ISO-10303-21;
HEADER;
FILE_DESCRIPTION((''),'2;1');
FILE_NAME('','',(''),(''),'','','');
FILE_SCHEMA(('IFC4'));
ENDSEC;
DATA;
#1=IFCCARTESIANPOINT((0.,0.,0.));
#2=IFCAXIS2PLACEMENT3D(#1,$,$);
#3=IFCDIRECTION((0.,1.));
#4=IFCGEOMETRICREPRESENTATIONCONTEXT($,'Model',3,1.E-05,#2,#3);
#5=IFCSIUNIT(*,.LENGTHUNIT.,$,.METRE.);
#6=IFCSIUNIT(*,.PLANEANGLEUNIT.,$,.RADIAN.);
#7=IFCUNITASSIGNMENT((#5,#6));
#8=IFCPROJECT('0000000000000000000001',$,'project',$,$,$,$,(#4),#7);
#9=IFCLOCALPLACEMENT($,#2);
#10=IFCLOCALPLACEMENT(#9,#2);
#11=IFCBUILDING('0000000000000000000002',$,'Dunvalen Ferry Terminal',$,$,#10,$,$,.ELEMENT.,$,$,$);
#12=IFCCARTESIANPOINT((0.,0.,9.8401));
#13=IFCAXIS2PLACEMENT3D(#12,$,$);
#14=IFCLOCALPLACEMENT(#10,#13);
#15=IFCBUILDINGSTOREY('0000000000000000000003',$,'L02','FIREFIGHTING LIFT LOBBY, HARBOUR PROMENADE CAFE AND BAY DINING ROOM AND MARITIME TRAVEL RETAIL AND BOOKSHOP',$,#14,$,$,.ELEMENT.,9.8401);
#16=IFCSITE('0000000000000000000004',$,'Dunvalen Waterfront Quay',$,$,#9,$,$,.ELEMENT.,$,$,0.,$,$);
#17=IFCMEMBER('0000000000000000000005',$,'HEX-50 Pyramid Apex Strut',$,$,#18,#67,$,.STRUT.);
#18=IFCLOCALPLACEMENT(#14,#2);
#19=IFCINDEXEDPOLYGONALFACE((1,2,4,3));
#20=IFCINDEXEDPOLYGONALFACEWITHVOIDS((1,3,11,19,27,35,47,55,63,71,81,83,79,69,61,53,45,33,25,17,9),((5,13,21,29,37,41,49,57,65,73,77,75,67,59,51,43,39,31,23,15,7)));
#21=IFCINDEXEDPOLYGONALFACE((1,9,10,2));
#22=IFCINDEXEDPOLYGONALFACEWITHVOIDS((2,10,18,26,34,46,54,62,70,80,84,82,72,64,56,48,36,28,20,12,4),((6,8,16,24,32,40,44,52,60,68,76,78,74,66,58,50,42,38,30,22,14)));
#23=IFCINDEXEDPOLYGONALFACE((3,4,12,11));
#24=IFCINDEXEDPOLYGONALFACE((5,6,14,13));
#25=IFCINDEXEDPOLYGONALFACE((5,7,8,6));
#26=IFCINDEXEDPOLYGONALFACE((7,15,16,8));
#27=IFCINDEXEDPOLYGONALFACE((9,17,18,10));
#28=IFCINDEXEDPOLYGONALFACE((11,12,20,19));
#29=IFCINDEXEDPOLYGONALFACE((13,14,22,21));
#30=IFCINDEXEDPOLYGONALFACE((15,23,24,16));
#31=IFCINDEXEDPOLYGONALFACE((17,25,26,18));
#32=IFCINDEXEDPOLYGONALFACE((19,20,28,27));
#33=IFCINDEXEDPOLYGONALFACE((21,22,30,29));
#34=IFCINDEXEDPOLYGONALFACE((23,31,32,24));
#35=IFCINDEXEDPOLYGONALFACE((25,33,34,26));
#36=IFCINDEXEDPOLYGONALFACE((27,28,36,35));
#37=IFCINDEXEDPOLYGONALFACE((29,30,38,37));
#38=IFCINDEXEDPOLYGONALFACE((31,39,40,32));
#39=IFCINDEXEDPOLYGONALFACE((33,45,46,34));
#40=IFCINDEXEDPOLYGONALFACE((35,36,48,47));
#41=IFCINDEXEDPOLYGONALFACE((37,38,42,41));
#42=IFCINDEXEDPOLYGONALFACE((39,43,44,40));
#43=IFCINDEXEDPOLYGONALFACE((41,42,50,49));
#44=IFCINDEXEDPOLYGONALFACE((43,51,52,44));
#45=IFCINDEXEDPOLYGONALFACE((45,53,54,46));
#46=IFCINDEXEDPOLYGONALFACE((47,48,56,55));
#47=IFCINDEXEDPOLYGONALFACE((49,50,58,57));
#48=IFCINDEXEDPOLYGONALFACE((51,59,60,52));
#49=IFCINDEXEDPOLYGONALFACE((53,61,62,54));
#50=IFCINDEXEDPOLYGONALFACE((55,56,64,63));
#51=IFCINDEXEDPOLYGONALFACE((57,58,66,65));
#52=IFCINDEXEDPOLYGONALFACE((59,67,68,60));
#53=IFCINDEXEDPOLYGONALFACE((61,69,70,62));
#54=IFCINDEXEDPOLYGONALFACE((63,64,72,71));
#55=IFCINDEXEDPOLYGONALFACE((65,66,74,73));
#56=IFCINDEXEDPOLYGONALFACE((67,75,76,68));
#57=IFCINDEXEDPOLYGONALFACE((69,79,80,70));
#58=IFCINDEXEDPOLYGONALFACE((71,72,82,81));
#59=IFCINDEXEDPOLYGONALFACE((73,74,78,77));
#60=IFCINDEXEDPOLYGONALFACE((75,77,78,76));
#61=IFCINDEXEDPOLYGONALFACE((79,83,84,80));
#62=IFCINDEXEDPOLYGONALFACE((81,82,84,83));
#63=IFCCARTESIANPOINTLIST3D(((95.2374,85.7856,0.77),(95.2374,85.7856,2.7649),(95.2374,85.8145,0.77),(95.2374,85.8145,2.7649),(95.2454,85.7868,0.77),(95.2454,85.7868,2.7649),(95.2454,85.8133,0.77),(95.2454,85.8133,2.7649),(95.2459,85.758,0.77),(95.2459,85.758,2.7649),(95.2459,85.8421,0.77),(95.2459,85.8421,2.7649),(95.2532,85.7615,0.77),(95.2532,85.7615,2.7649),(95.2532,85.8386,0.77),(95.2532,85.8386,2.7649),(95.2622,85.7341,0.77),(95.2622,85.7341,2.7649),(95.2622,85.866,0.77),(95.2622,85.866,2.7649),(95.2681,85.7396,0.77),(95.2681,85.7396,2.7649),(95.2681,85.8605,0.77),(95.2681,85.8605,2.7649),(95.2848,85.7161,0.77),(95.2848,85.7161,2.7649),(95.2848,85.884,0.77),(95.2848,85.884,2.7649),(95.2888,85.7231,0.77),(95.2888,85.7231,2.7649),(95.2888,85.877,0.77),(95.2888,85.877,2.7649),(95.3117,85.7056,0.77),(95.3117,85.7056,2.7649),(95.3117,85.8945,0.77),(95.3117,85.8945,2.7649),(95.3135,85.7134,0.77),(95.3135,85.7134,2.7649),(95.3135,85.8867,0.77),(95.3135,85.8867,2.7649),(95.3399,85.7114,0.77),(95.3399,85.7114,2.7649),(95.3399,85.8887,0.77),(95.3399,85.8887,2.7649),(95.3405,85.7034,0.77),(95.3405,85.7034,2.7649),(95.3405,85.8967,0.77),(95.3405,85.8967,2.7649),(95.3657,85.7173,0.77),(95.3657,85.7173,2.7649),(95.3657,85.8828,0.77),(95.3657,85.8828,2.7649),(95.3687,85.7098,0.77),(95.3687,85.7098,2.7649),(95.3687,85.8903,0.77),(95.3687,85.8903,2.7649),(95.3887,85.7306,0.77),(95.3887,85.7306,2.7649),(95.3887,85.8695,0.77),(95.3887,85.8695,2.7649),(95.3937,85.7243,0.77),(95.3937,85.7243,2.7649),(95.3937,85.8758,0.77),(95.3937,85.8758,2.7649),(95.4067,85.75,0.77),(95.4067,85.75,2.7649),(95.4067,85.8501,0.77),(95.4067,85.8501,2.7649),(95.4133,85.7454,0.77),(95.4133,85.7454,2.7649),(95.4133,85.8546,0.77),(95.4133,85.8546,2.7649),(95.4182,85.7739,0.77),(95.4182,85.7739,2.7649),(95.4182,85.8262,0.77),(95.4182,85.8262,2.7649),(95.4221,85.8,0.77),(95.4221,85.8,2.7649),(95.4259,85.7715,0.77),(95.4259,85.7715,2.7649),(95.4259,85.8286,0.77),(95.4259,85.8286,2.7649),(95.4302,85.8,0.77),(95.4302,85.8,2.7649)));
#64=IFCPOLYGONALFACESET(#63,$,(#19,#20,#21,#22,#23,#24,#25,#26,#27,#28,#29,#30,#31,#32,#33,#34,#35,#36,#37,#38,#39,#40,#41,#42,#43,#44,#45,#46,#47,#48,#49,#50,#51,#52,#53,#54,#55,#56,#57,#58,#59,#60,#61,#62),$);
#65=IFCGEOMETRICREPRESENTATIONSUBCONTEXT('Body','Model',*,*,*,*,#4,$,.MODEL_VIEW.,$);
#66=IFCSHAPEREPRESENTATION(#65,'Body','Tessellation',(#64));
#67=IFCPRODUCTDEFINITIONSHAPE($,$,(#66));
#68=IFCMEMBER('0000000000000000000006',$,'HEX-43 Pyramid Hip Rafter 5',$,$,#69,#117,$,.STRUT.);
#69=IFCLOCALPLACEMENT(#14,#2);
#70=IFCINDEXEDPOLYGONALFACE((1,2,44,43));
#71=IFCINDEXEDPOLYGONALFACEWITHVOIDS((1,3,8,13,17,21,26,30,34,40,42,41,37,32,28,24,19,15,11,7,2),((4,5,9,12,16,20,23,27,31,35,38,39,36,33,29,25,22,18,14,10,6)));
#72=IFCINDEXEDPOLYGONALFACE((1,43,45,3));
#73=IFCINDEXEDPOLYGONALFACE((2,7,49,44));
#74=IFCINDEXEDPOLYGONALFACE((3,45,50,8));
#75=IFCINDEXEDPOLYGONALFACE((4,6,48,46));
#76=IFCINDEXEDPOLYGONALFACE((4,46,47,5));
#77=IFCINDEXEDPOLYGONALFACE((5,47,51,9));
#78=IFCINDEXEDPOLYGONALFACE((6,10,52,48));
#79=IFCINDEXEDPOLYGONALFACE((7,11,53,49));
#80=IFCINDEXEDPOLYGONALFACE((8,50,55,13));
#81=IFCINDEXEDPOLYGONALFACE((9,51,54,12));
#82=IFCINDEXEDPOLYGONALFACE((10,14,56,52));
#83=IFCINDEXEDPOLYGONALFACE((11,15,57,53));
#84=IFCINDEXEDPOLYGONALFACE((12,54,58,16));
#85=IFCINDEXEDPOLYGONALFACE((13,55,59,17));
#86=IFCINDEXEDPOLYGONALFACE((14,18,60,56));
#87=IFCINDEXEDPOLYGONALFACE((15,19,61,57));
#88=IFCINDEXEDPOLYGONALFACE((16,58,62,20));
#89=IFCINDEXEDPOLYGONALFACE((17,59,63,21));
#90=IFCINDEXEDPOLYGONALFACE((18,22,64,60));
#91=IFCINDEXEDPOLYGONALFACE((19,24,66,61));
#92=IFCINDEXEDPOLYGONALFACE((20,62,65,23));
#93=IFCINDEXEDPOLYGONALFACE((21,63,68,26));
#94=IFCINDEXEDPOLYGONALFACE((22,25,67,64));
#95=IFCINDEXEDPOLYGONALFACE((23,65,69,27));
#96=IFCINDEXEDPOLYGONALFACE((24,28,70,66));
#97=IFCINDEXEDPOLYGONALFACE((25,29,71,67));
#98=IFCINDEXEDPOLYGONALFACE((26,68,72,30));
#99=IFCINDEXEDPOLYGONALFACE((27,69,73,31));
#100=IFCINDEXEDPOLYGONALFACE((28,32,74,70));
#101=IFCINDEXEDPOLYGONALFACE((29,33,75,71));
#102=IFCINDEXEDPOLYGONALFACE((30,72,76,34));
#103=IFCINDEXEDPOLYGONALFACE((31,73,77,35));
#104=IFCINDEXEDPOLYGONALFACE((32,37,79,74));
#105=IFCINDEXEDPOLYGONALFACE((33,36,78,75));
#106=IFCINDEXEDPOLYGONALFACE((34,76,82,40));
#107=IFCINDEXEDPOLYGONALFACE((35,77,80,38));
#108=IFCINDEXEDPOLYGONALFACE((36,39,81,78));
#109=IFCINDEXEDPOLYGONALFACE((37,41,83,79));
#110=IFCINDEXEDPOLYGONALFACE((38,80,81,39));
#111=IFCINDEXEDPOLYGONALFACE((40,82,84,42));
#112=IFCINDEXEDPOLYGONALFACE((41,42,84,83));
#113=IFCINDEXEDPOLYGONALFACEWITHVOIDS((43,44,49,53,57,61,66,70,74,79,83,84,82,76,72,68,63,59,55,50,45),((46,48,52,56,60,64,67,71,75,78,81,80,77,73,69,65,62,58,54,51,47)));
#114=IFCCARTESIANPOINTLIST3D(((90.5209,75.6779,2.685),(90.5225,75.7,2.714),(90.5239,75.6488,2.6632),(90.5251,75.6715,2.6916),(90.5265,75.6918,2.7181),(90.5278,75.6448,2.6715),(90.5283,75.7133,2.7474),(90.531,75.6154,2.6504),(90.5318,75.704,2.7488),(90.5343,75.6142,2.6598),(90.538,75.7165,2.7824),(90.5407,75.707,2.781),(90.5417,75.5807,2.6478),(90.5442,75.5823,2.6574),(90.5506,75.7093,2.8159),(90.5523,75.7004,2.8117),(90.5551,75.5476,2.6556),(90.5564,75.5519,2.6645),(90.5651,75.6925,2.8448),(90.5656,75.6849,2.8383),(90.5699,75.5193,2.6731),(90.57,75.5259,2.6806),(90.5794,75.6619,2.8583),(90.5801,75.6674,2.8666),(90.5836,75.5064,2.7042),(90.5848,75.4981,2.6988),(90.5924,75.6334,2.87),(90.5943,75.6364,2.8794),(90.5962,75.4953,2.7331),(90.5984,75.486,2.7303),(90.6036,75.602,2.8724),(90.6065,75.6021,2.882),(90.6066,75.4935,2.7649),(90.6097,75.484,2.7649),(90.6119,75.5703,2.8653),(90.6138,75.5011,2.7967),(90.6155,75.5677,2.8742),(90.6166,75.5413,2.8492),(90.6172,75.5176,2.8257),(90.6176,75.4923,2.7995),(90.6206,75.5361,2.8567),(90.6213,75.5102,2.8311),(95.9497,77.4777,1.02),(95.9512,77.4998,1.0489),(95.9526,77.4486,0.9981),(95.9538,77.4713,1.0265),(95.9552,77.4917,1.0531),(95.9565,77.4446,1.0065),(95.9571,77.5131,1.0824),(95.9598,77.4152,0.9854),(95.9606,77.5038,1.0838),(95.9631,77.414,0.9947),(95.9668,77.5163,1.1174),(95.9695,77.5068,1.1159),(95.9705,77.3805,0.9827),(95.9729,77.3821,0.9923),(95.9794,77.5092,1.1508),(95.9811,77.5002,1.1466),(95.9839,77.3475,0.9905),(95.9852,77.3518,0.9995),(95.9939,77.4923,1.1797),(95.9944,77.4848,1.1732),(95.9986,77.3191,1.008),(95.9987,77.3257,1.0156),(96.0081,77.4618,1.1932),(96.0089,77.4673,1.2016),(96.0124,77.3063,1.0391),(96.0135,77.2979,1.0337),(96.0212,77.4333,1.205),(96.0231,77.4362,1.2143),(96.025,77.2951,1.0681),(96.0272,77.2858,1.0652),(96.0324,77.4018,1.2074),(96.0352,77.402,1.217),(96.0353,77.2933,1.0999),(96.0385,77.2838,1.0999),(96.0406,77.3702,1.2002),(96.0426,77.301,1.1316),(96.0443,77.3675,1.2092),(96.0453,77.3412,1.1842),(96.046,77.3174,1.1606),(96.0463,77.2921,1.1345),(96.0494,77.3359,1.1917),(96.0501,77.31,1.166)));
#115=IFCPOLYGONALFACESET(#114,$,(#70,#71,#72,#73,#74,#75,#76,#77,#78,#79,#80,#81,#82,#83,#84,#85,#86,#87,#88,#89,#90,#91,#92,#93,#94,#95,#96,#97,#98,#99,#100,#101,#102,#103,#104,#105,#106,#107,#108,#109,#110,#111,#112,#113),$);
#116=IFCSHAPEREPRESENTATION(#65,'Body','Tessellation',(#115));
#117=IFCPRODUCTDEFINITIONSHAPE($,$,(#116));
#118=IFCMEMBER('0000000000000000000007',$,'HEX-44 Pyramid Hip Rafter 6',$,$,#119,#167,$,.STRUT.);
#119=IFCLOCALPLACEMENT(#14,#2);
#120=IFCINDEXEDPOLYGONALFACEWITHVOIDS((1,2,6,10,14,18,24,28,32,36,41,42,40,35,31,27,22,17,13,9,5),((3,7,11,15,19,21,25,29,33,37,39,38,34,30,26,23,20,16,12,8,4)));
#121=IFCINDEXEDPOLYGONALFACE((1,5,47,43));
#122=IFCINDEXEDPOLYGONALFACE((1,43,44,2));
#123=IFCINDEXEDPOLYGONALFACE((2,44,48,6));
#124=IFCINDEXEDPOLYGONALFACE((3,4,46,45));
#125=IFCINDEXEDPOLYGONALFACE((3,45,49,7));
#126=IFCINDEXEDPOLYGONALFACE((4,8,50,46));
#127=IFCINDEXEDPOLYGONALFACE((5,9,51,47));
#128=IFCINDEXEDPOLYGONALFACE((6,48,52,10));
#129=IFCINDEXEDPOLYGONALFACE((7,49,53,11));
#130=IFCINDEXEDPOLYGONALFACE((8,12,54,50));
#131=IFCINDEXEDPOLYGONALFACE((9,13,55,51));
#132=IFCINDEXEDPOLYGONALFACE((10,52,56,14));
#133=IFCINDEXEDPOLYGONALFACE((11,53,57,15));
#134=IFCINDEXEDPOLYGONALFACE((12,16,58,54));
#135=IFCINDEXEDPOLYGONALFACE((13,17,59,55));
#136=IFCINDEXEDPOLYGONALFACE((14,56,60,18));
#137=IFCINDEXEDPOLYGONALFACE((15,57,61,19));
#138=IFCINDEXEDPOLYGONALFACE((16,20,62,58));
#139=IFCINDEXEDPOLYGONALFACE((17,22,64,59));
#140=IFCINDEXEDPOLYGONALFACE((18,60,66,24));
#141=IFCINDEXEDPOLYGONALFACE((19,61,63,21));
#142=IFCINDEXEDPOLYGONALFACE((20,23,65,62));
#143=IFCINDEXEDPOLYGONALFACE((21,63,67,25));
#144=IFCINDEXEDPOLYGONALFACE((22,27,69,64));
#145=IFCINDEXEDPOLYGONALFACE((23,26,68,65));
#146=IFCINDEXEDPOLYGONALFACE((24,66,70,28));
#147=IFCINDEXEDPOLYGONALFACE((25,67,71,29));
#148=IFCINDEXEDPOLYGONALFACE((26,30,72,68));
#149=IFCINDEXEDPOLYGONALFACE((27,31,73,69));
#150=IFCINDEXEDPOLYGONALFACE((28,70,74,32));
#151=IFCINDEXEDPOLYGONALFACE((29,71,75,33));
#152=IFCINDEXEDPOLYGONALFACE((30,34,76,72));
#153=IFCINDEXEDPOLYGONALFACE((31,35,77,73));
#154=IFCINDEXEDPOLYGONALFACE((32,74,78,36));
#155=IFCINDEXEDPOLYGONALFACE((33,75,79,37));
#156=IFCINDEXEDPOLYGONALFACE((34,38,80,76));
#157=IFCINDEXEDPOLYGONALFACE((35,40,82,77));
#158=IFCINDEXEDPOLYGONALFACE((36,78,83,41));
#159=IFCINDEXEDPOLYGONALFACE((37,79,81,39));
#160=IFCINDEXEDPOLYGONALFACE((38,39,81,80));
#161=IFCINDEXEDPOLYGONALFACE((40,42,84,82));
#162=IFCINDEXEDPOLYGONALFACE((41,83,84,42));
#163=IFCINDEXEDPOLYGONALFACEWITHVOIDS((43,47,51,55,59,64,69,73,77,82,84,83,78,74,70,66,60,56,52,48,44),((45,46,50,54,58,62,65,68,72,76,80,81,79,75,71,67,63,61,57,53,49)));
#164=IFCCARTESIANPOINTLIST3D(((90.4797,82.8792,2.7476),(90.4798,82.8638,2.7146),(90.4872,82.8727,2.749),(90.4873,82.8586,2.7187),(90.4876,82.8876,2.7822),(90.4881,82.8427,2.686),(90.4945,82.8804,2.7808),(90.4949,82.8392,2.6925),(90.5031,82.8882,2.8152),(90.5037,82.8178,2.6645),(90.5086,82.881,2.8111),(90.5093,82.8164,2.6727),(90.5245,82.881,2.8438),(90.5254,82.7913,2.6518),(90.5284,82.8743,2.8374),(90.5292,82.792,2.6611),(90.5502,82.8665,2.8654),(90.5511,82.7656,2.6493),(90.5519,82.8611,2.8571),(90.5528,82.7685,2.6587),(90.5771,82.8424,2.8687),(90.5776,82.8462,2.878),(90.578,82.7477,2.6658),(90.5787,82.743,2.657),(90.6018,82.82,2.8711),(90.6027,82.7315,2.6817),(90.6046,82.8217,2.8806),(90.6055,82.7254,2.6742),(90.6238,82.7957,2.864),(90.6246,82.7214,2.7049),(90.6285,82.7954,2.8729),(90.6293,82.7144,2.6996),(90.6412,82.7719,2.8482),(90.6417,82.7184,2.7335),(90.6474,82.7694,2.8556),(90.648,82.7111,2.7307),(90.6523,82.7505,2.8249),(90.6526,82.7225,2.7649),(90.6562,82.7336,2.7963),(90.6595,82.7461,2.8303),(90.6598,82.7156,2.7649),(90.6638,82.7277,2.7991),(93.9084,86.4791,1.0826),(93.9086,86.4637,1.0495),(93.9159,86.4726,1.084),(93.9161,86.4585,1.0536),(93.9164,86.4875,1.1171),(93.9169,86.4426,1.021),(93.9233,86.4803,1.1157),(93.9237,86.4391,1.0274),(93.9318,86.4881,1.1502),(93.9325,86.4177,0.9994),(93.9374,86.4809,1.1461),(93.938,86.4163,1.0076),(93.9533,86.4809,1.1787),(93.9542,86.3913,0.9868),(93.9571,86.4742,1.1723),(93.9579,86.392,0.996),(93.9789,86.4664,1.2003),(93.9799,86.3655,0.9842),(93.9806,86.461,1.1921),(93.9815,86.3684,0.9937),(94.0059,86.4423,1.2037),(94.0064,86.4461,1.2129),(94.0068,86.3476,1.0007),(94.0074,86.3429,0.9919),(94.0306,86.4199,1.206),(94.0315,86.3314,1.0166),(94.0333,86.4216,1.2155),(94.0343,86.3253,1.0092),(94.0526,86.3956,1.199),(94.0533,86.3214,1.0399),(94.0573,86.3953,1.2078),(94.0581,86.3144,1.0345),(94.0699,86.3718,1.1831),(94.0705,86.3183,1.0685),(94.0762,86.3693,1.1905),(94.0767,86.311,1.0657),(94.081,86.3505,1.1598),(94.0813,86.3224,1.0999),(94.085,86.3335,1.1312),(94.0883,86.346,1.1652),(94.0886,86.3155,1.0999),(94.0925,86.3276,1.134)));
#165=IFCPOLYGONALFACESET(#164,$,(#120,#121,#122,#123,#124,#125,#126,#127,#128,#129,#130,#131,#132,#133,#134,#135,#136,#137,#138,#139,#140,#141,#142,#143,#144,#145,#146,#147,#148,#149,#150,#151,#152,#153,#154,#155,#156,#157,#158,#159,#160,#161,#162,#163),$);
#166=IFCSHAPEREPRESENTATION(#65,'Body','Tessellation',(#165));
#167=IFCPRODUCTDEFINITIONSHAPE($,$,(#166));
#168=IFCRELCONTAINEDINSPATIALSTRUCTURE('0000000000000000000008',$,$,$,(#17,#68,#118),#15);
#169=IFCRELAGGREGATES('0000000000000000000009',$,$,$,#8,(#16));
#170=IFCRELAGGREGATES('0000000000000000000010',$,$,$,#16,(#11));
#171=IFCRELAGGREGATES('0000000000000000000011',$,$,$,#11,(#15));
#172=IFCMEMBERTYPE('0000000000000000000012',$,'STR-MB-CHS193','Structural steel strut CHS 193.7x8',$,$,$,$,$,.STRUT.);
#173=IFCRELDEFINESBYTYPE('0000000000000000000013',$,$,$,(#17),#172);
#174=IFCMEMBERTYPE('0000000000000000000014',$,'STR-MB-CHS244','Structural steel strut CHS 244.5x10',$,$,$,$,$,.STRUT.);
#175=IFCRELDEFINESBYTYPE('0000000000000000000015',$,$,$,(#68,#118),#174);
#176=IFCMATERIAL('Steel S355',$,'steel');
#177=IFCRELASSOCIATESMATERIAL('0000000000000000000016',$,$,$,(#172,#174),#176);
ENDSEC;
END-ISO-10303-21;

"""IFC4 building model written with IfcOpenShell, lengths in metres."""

from ifc_helpers import new_model, si_unit, direction, frame, origin, origin_2d, place, context, subcontext, project, spatial, hollow_circle, extrude, material, material_profile, profile_set, type_object, element, save


model = new_model("IFC4")

# Units and contexts
model_context = context("Model", 3, precision=1e-05, world=origin(), true_north=direction((0.0, 1.0)))
body_context = subcontext(model_context, "Body", "Model", "MODEL_VIEW")
ifc_project = project(units=[si_unit("LENGTHUNIT", "METRE"), si_unit("PLANEANGLEUNIT", "RADIAN")], contexts=[model_context])

# Site, building, storey
site_placement = place(None, origin())
site = spatial("IfcSite", under=ifc_project, at=site_placement, Name="Dunvalen Waterfront Quay", CompositionType="ELEMENT", RefElevation=0.0)
building_placement = place(site_placement, origin())
building = spatial("IfcBuilding", under=site, at=building_placement, Name="Dunvalen Ferry Terminal", CompositionType="ELEMENT")
storey_placement = place(building_placement, frame((0.0, 0.0, 9.8401)))
storey = spatial("IfcBuildingStorey", under=building, at=storey_placement, Name="L02", Description="FIREFIGHTING LIFT LOBBY, HARBOUR PROMENADE CAFE AND BAY DINING ROOM AND MARITIME TRAVEL RETAIL AND BOOKSHOP", CompositionType="ELEMENT", Elevation=9.8401)

# Shared definitions
ifc_material_1 = material(Name="Steel S355", Category="steel")

# Members
ifc_material_profile_1 = material_profile(ifc_material_1, hollow_circle(Radius=0.0969, WallThickness=0.0081, at=origin_2d()), Name="Steel S355")
ifc_profile_set_1 = profile_set([ifc_material_profile_1], Name="Steel S355")
member_type_1 = type_object("IfcMemberType", Name="STR-MB-CHS193", Description="Structural steel strut CHS 193.7x8", PredefinedType="STRUT", material=ifc_profile_set_1)
for number, where, z_axis, x_axis, name in (
    (1, (95.3333, 85.8, 0.77), (0.0, 0.0, 1.0), (1.0, 0.0, 0.0), "HEX-50 Pyramid Apex Strut"),
):
    element("IfcMember", number, at=place(storey_placement, frame(where, z_axis=z_axis, x_axis=x_axis)), inside=storey, type_object=member_type_1, Name=name, PredefinedType="STRUT", context=body_context, shape_type="SweptSolid", body=[
        extrude(hollow_circle(Radius=0.0969, WallThickness=0.0081, at=origin_2d()), origin(), (0.0, 0.0, 1.0), 1.9949),
    ])
ifc_material_profile_2 = material_profile(ifc_material_1, hollow_circle(Radius=0.1223, WallThickness=0.01, at=origin_2d()), Name="Steel S355")
ifc_profile_set_2 = profile_set([ifc_material_profile_2], Name="Steel S355")
member_type_2 = type_object("IfcMemberType", Name="STR-MB-CHS244", Description="Structural steel strut CHS 244.5x10", PredefinedType="STRUT", material=ifc_profile_set_2)
member_1_placement = place(storey_placement, frame((96.0, 77.3999, 1.0999), z_axis=(-0.911359, -0.302147, 0.279523), x_axis=(0.314691, -0.949194, 0.0)))
element("IfcMember", 2, at=member_1_placement, inside=storey, type_object=member_type_2, Name="HEX-43 Pyramid Hip Rafter 5", PredefinedType="STRUT", context=body_context, shape_type="SweptSolid", body=[
    extrude(hollow_circle(Radius=0.1223, WallThickness=0.01, at=origin_2d()), origin(), (0.0, 0.0, 1.0), 5.9568),
])
member_2_placement = place(storey_placement, frame((94.0, 86.3999, 1.0999), z_axis=(-0.65398, -0.686623, 0.317583), x_axis=(0.72411, -0.689685, 0.0)))
element("IfcMember", 3, at=member_2_placement, inside=storey, type_object=member_type_2, Name="HEX-44 Pyramid Hip Rafter 6", PredefinedType="STRUT", context=body_context, shape_type="SweptSolid", body=[
    extrude(hollow_circle(Radius=0.1223, WallThickness=0.01, at=origin_2d()), origin(), (0.0, 0.0, 1.0), 5.2429),
])

save(model, "model.ifc")
